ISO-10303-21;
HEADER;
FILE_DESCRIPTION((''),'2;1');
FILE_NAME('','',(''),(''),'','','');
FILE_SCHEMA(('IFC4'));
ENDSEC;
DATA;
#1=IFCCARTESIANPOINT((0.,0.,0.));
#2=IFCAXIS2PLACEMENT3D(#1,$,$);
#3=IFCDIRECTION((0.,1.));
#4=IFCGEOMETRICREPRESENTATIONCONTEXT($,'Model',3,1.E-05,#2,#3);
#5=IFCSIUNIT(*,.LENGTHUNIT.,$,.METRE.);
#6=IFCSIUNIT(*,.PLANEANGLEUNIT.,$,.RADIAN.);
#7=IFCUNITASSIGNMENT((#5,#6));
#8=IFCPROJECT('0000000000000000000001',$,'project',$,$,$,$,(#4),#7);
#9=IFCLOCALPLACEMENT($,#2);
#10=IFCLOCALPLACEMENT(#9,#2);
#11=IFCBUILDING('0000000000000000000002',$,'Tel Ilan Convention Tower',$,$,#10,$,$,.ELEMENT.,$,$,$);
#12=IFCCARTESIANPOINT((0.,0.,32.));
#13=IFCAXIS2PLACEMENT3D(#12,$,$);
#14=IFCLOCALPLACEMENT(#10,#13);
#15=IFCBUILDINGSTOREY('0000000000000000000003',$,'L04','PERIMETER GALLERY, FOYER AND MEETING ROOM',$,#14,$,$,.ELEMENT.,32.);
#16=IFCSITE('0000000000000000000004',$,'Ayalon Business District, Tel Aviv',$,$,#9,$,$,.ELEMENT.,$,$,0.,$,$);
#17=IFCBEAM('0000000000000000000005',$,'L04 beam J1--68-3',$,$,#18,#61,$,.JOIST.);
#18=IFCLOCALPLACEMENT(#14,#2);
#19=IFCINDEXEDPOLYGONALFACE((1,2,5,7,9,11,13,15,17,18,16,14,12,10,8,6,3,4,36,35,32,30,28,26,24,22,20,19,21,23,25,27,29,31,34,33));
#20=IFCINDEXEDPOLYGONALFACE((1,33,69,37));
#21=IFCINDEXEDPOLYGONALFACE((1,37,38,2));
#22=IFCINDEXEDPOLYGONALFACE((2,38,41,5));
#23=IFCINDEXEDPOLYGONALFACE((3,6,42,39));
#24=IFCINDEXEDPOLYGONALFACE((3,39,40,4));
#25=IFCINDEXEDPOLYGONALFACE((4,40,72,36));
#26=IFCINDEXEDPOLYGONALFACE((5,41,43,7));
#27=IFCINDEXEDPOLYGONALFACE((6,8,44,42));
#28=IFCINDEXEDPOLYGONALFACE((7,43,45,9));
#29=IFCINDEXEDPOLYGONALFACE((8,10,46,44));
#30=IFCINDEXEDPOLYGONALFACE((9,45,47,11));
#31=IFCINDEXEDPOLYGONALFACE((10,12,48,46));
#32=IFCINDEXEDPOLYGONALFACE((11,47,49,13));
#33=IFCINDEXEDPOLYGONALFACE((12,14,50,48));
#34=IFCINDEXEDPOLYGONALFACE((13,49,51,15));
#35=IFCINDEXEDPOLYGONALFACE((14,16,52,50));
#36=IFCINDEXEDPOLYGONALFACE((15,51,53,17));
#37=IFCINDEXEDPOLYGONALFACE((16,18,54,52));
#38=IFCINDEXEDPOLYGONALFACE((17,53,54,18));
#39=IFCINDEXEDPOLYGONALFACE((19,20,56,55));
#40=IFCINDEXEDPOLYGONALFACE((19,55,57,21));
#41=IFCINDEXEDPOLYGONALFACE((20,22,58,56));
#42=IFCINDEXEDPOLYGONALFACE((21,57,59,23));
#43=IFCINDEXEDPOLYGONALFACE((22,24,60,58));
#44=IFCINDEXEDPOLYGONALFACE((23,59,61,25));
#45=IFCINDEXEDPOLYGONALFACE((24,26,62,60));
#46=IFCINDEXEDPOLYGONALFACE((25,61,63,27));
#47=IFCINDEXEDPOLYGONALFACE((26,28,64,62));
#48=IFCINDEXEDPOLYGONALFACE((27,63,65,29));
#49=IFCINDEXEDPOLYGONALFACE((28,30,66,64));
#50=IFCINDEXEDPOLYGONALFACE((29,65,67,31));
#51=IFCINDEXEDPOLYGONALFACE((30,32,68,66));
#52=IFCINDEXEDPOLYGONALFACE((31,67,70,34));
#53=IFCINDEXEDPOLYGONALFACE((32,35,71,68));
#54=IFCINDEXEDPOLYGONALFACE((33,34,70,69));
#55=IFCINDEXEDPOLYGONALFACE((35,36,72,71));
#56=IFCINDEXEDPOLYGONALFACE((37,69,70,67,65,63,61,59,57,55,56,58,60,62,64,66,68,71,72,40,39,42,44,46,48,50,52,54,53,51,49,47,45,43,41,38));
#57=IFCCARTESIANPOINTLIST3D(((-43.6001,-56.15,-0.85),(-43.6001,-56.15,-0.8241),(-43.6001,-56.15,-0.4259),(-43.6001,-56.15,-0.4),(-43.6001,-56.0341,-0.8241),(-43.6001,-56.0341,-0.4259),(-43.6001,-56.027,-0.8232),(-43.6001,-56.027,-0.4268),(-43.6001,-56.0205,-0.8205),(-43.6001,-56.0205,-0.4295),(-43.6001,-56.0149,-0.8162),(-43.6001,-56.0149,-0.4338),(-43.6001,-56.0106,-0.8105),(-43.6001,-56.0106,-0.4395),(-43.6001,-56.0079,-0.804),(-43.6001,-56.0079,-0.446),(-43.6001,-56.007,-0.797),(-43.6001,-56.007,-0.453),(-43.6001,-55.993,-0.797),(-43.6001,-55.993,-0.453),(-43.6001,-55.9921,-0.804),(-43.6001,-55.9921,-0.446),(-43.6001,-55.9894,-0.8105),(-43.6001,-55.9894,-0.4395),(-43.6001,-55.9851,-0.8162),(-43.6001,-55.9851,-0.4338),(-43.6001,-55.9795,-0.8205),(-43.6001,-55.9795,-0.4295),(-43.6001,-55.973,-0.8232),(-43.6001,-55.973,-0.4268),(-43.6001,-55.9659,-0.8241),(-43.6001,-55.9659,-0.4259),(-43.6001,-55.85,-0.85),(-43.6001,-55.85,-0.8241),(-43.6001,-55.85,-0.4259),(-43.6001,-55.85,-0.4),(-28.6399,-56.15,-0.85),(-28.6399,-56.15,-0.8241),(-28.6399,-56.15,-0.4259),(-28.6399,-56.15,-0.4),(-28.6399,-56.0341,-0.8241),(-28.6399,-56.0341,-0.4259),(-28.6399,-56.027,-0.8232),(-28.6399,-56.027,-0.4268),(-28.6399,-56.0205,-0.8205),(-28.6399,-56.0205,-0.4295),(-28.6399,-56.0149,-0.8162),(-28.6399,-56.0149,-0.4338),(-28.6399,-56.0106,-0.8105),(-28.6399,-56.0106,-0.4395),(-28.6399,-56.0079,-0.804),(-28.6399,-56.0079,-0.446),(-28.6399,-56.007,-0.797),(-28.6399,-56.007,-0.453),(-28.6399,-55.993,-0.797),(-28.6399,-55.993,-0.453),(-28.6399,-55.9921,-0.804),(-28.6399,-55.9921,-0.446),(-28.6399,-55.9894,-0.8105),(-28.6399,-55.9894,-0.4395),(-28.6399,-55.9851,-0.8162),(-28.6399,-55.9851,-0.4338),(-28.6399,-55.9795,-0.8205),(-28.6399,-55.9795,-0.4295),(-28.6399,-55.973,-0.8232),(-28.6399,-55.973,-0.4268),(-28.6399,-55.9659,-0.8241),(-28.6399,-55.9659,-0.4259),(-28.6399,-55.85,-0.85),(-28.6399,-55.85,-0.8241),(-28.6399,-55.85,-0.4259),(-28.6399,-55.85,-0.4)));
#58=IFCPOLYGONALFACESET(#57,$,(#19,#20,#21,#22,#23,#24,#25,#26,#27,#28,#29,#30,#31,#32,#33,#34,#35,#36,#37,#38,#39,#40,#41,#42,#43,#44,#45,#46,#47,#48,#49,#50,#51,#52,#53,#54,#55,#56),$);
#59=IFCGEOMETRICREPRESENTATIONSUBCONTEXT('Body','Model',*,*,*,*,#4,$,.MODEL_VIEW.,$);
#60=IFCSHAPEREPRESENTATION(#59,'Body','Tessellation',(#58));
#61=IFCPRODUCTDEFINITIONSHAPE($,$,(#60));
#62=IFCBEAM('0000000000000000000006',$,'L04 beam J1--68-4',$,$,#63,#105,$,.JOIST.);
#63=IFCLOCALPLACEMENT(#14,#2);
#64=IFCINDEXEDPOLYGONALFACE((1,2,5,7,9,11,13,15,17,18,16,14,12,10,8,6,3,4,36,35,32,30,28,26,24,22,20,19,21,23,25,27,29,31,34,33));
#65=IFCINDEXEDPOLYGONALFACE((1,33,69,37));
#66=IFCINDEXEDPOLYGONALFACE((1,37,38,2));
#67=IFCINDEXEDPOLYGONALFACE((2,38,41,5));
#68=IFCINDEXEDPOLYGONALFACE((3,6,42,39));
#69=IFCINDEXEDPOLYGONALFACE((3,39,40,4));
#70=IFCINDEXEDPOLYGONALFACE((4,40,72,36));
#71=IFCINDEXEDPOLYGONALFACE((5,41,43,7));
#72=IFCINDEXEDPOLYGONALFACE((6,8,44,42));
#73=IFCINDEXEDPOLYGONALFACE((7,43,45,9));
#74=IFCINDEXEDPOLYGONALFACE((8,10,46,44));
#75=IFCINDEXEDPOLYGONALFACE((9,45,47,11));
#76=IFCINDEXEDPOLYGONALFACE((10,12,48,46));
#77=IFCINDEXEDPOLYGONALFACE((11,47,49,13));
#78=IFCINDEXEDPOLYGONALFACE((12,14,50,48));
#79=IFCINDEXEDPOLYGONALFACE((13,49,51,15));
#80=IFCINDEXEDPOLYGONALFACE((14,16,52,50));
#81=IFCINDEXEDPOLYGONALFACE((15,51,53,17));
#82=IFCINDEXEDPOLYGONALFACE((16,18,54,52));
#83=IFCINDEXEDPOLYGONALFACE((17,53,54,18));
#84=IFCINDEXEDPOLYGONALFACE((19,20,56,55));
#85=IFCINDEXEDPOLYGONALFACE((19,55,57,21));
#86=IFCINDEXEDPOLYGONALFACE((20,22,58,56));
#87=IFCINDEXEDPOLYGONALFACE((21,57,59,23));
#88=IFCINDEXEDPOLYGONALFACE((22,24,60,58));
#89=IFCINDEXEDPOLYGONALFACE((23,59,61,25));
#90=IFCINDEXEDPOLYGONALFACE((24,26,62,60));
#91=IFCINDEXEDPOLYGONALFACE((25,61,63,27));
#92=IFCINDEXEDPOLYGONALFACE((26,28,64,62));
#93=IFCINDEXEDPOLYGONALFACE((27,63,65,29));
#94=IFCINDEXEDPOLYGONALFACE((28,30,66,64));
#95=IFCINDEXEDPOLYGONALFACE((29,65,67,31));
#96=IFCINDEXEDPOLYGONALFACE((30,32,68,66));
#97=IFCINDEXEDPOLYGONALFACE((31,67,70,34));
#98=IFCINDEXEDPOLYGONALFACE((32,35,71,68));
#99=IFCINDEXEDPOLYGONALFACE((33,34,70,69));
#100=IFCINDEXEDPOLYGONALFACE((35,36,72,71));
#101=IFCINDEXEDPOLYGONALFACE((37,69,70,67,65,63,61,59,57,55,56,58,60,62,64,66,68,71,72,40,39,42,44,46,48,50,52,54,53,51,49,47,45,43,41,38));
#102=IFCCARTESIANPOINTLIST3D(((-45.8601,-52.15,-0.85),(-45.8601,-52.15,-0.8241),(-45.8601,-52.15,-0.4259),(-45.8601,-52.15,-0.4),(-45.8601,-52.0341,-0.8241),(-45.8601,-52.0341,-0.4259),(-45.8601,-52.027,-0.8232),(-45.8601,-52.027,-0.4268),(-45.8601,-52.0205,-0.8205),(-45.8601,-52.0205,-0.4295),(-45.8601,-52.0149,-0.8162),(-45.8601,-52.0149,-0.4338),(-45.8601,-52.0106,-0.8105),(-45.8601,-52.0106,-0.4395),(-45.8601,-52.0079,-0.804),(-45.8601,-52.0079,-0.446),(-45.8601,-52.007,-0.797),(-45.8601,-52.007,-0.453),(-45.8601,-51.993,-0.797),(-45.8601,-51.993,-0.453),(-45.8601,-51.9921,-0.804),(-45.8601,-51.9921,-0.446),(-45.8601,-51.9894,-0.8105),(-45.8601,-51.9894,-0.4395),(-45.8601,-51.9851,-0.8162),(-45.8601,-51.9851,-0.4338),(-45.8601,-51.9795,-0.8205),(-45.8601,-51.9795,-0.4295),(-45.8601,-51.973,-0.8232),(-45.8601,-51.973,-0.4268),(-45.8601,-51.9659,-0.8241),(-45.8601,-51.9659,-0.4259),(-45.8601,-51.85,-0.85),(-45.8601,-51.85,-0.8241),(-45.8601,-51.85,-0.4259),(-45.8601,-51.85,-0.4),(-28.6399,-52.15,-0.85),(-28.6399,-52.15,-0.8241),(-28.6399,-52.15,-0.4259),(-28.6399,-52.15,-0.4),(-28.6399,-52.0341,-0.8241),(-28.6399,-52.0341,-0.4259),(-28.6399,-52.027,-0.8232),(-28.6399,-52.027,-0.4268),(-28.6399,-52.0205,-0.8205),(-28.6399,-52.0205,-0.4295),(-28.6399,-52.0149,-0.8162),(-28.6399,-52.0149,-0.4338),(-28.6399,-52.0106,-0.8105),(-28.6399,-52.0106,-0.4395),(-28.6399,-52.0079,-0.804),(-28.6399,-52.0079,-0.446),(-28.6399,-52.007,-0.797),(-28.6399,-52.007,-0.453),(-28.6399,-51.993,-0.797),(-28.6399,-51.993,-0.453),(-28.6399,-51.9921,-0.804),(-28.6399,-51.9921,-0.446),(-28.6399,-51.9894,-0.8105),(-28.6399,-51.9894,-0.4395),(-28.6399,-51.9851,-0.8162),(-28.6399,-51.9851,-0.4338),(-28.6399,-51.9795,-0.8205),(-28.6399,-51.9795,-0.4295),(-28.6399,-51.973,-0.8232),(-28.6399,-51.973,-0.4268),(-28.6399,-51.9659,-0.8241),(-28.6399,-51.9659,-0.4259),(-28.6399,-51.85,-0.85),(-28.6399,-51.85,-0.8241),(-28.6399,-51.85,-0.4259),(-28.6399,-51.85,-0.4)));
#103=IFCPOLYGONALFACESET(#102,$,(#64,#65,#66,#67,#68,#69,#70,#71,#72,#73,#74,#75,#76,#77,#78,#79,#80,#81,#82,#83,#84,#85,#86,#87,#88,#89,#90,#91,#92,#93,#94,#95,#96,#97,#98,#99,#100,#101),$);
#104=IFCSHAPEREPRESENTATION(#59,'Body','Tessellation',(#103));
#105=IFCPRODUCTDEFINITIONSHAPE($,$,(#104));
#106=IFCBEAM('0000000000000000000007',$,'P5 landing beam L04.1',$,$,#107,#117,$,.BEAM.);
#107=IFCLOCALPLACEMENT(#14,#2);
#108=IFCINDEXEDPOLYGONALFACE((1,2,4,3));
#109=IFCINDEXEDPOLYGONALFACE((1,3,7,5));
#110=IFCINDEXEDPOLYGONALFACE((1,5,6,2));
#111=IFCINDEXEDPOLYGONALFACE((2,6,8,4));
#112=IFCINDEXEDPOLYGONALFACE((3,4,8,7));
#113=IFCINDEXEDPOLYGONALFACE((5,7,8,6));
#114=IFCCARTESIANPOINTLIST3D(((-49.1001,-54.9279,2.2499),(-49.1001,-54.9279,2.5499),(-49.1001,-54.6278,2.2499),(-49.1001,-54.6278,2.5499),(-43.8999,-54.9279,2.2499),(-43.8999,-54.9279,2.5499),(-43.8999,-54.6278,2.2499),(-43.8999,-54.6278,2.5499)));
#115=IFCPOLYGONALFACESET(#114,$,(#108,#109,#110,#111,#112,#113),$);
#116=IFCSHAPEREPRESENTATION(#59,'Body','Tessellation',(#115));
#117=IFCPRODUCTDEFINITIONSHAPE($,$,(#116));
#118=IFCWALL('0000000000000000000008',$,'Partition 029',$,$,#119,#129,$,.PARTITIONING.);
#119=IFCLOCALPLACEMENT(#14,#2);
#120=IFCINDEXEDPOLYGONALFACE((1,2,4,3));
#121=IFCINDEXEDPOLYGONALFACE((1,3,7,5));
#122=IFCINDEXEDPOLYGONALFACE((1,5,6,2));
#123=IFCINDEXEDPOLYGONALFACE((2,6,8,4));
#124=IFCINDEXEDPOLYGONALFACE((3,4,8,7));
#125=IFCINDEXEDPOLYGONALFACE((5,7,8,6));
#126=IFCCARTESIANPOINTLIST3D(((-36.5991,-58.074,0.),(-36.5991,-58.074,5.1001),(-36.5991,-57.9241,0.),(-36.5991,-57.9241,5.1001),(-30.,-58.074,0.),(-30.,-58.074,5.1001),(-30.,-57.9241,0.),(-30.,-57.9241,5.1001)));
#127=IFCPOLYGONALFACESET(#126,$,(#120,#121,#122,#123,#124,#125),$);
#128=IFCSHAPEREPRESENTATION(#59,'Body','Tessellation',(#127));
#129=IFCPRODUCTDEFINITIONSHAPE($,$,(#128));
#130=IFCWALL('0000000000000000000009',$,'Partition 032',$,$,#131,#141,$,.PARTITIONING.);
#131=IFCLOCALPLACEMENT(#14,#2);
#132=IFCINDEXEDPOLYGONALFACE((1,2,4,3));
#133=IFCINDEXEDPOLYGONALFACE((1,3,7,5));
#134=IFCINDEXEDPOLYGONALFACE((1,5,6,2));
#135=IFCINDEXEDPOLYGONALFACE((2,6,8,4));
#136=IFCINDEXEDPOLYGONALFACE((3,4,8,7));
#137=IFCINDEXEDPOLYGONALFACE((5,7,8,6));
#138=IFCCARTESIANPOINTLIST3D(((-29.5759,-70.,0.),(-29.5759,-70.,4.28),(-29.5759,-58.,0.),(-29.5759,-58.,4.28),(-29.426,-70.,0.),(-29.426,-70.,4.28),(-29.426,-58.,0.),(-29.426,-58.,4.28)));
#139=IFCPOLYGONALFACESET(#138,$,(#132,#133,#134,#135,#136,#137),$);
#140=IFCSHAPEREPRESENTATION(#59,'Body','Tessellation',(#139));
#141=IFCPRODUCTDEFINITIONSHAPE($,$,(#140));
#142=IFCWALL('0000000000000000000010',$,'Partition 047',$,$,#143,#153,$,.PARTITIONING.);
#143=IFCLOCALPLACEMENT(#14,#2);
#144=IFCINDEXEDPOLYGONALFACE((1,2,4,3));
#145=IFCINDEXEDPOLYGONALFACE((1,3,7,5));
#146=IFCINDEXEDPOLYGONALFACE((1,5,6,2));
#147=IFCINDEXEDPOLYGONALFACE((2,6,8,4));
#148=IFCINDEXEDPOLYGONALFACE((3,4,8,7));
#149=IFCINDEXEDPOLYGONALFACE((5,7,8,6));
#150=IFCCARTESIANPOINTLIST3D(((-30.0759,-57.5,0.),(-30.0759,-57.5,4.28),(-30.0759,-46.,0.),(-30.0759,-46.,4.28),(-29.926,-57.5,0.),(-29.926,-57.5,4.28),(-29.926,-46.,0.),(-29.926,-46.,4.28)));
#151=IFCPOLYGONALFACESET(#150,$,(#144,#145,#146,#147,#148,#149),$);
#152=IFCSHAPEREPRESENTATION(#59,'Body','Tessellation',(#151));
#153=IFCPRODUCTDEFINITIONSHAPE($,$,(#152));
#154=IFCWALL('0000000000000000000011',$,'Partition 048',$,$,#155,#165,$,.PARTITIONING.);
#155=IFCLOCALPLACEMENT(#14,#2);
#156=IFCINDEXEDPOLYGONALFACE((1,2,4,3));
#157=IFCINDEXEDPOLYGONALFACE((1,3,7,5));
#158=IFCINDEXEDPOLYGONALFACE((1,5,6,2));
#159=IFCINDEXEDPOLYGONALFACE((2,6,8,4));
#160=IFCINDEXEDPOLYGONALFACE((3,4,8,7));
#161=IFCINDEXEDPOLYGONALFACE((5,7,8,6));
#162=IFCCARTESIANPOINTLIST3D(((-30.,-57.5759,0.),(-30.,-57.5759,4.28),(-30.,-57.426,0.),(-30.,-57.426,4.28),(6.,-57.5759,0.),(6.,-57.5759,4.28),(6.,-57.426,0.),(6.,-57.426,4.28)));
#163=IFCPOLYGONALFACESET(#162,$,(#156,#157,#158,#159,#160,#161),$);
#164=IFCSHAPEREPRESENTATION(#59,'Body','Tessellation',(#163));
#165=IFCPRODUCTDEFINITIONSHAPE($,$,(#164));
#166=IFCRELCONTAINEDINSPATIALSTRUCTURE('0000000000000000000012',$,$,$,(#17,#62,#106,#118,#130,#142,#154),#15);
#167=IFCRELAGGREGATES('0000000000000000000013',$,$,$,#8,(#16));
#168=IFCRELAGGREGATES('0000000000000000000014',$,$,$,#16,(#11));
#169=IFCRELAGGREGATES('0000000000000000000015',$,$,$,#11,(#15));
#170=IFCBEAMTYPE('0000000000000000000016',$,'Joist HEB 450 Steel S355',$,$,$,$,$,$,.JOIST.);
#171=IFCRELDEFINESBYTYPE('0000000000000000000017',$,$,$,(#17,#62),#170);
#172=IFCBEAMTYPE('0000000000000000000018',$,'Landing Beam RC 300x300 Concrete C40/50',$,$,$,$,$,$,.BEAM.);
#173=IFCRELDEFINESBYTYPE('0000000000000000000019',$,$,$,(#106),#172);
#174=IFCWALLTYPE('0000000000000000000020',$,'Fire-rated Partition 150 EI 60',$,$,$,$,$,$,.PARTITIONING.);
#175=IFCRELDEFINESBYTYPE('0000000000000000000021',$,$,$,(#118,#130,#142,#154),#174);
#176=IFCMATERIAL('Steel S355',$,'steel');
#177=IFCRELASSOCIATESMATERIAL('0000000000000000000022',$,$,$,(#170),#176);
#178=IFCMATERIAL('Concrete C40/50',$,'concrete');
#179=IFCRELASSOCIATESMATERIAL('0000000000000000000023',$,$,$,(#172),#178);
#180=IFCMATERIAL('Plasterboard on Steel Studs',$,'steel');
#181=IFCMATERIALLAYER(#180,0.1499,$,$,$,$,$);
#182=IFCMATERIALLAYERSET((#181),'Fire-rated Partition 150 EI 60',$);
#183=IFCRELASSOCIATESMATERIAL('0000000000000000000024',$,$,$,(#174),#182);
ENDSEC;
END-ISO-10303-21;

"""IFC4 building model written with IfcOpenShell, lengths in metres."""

from ifc_helpers import new_model, si_unit, direction, frame, frame_2d, origin, origin_2d, place, context, subcontext, project, spatial, rectangle, i_section, extrude, material, layer, layer_set, material_profile, profile_set, type_object, element, save


model = new_model("IFC4")

# Units and contexts
model_context = context("Model", 3, precision=1e-05, world=origin(), true_north=direction((0.0, 1.0)))
body_context = subcontext(model_context, "Body", "Model", "MODEL_VIEW")
ifc_project = project(units=[si_unit("LENGTHUNIT", "METRE"), si_unit("PLANEANGLEUNIT", "RADIAN")], contexts=[model_context])

# Site, building, storey
site_placement = place(None, origin())
site = spatial("IfcSite", under=ifc_project, at=site_placement, Name="Ayalon Business District, Tel Aviv", CompositionType="ELEMENT", RefElevation=0.0)
building_placement = place(site_placement, origin())
building = spatial("IfcBuilding", under=site, at=building_placement, Name="Tel Ilan Convention Tower", CompositionType="ELEMENT")
storey_placement = place(building_placement, frame((0.0, 0.0, 32.0)))
storey = spatial("IfcBuildingStorey", under=building, at=storey_placement, Name="L04", Description="PERIMETER GALLERY, FOYER AND MEETING ROOM", CompositionType="ELEMENT", Elevation=32.0)

# Beams
ifc_material_1 = material(Name="Steel S355", Category="steel")
ifc_material_profile_1 = material_profile(ifc_material_1, i_section(OverallWidth=0.3, OverallDepth=0.45, WebThickness=0.0139, FlangeThickness=0.0259, FilletRadius=0.0271, at=origin_2d()), Name="HEB 450")
ifc_profile_set_1 = profile_set([ifc_material_profile_1], Name="Steel S355")
beam_type_1 = type_object("IfcBeamType", Name="Joist HEB 450 Steel S355", PredefinedType="JOIST", material=ifc_profile_set_1)
for number, where, z_axis, x_axis, name in (
    (1, (-43.6001, -56.0, -0.625), (1.0, 0.0, 0.0), (0.0, 1.0, 0.0), "L04 beam J1--68-3"),
):
    element("IfcBeam", number, at=place(storey_placement, frame(where, z_axis=z_axis, x_axis=x_axis)), inside=storey, type_object=beam_type_1, Name=name, PredefinedType="JOIST", context=body_context, shape_type="SweptSolid", body=[
        extrude(i_section(OverallWidth=0.3, OverallDepth=0.45, WebThickness=0.0139, FlangeThickness=0.0259, FilletRadius=0.0271, at=origin_2d()), origin(), (0.0, 0.0, 1.0), 14.9602),
    ])
beam_1_placement = place(storey_placement, frame((-45.8601, -52.0, -0.625), z_axis=(1.0, 0.0, 0.0), x_axis=(0.0, 1.0, 0.0)))
element("IfcBeam", 2, at=beam_1_placement, inside=storey, type_object=beam_type_1, Name="L04 beam J1--68-4", PredefinedType="JOIST", context=body_context, shape_type="SweptSolid", body=[
    extrude(i_section(OverallWidth=0.3, OverallDepth=0.45, WebThickness=0.0139, FlangeThickness=0.0259, FilletRadius=0.0271, at=origin_2d()), origin(), (0.0, 0.0, 1.0), 17.2202),
])
ifc_material_2 = material(Name="Concrete C40/50", Category="concrete")
ifc_material_profile_2 = material_profile(ifc_material_2, rectangle(XDim=0.3, YDim=0.3, at=origin_2d()), Name="RC 300x300")
ifc_profile_set_2 = profile_set([ifc_material_profile_2], Name="Concrete C40/50")
beam_type_2 = type_object("IfcBeamType", Name="Landing Beam RC 300x300 Concrete C40/50", PredefinedType="BEAM", material=ifc_profile_set_2)
beam_2_placement = place(storey_placement, frame((-43.8999, -54.7778, 2.3999), z_axis=(-1.0, 0.0, 0.0), x_axis=(0.0, -1.0, 0.0)))
element("IfcBeam", 3, at=beam_2_placement, inside=storey, type_object=beam_type_2, Name="P5 landing beam L04.1", PredefinedType="BEAM", context=body_context, shape_type="SweptSolid", body=[
    extrude(rectangle(XDim=0.3, YDim=0.3, at=origin_2d()), origin(), (0.0, 0.0, 1.0), 5.2002),
])

# Walls
ifc_material_3 = material(Name="Plasterboard on Steel Studs", Category="steel")
ifc_layer_1 = layer(ifc_material_3, 0.1499)
ifc_layer_set_1 = layer_set([ifc_layer_1], Name="Fire-rated Partition 150 EI 60")
wall_type_1 = type_object("IfcWallType", Name="Fire-rated Partition 150 EI 60", PredefinedType="PARTITIONING", material=ifc_layer_set_1)
wall_1_placement = place(storey_placement, frame((-30.0, -57.999, 0.0), z_axis=(0.0, 0.0, 1.0), x_axis=(-1.0, 0.0, 0.0)))
element("IfcWall", 4, at=wall_1_placement, inside=storey, type_object=wall_type_1, Name="Partition 029", PredefinedType="PARTITIONING", context=body_context, shape_type="SweptSolid", body=[
    extrude(rectangle(XDim=6.5991, YDim=0.1499, at=frame_2d((3.2996, 0.0))), origin(), (0.0, 0.0, 1.0), 5.1001),
])
wall_2_placement = place(storey_placement, frame((-29.501, -58.0, 0.0), z_axis=(0.0, 0.0, 1.0), x_axis=(0.0, -1.0, 0.0)))
element("IfcWall", 5, at=wall_2_placement, inside=storey, type_object=wall_type_1, Name="Partition 032", PredefinedType="PARTITIONING", context=body_context, shape_type="SweptSolid", body=[
    extrude(rectangle(XDim=12.0, YDim=0.1499, at=frame_2d((6.0, 0.0))), origin(), (0.0, 0.0, 1.0), 4.28),
])
wall_3_placement = place(storey_placement, frame((-30.001, -46.0, 0.0), z_axis=(0.0, 0.0, 1.0), x_axis=(0.0, -1.0, 0.0)))
element("IfcWall", 6, at=wall_3_placement, inside=storey, type_object=wall_type_1, Name="Partition 047", PredefinedType="PARTITIONING", context=body_context, shape_type="SweptSolid", body=[
    extrude(rectangle(XDim=11.5, YDim=0.1499, at=frame_2d((5.75, 0.0))), origin(), (0.0, 0.0, 1.0), 4.28),
])
wall_4_placement = place(storey_placement, frame((-30.0, -57.501, 0.0), z_axis=(0.0, 0.0, 1.0), x_axis=(1.0, 0.0, 0.0)))
element("IfcWall", 7, at=wall_4_placement, inside=storey, type_object=wall_type_1, Name="Partition 048", PredefinedType="PARTITIONING", context=body_context, shape_type="SweptSolid", body=[
    extrude(rectangle(XDim=36.0, YDim=0.1499, at=frame_2d((18.0, 0.0))), origin(), (0.0, 0.0, 1.0), 4.28),
])

save(model, "model.ifc")
